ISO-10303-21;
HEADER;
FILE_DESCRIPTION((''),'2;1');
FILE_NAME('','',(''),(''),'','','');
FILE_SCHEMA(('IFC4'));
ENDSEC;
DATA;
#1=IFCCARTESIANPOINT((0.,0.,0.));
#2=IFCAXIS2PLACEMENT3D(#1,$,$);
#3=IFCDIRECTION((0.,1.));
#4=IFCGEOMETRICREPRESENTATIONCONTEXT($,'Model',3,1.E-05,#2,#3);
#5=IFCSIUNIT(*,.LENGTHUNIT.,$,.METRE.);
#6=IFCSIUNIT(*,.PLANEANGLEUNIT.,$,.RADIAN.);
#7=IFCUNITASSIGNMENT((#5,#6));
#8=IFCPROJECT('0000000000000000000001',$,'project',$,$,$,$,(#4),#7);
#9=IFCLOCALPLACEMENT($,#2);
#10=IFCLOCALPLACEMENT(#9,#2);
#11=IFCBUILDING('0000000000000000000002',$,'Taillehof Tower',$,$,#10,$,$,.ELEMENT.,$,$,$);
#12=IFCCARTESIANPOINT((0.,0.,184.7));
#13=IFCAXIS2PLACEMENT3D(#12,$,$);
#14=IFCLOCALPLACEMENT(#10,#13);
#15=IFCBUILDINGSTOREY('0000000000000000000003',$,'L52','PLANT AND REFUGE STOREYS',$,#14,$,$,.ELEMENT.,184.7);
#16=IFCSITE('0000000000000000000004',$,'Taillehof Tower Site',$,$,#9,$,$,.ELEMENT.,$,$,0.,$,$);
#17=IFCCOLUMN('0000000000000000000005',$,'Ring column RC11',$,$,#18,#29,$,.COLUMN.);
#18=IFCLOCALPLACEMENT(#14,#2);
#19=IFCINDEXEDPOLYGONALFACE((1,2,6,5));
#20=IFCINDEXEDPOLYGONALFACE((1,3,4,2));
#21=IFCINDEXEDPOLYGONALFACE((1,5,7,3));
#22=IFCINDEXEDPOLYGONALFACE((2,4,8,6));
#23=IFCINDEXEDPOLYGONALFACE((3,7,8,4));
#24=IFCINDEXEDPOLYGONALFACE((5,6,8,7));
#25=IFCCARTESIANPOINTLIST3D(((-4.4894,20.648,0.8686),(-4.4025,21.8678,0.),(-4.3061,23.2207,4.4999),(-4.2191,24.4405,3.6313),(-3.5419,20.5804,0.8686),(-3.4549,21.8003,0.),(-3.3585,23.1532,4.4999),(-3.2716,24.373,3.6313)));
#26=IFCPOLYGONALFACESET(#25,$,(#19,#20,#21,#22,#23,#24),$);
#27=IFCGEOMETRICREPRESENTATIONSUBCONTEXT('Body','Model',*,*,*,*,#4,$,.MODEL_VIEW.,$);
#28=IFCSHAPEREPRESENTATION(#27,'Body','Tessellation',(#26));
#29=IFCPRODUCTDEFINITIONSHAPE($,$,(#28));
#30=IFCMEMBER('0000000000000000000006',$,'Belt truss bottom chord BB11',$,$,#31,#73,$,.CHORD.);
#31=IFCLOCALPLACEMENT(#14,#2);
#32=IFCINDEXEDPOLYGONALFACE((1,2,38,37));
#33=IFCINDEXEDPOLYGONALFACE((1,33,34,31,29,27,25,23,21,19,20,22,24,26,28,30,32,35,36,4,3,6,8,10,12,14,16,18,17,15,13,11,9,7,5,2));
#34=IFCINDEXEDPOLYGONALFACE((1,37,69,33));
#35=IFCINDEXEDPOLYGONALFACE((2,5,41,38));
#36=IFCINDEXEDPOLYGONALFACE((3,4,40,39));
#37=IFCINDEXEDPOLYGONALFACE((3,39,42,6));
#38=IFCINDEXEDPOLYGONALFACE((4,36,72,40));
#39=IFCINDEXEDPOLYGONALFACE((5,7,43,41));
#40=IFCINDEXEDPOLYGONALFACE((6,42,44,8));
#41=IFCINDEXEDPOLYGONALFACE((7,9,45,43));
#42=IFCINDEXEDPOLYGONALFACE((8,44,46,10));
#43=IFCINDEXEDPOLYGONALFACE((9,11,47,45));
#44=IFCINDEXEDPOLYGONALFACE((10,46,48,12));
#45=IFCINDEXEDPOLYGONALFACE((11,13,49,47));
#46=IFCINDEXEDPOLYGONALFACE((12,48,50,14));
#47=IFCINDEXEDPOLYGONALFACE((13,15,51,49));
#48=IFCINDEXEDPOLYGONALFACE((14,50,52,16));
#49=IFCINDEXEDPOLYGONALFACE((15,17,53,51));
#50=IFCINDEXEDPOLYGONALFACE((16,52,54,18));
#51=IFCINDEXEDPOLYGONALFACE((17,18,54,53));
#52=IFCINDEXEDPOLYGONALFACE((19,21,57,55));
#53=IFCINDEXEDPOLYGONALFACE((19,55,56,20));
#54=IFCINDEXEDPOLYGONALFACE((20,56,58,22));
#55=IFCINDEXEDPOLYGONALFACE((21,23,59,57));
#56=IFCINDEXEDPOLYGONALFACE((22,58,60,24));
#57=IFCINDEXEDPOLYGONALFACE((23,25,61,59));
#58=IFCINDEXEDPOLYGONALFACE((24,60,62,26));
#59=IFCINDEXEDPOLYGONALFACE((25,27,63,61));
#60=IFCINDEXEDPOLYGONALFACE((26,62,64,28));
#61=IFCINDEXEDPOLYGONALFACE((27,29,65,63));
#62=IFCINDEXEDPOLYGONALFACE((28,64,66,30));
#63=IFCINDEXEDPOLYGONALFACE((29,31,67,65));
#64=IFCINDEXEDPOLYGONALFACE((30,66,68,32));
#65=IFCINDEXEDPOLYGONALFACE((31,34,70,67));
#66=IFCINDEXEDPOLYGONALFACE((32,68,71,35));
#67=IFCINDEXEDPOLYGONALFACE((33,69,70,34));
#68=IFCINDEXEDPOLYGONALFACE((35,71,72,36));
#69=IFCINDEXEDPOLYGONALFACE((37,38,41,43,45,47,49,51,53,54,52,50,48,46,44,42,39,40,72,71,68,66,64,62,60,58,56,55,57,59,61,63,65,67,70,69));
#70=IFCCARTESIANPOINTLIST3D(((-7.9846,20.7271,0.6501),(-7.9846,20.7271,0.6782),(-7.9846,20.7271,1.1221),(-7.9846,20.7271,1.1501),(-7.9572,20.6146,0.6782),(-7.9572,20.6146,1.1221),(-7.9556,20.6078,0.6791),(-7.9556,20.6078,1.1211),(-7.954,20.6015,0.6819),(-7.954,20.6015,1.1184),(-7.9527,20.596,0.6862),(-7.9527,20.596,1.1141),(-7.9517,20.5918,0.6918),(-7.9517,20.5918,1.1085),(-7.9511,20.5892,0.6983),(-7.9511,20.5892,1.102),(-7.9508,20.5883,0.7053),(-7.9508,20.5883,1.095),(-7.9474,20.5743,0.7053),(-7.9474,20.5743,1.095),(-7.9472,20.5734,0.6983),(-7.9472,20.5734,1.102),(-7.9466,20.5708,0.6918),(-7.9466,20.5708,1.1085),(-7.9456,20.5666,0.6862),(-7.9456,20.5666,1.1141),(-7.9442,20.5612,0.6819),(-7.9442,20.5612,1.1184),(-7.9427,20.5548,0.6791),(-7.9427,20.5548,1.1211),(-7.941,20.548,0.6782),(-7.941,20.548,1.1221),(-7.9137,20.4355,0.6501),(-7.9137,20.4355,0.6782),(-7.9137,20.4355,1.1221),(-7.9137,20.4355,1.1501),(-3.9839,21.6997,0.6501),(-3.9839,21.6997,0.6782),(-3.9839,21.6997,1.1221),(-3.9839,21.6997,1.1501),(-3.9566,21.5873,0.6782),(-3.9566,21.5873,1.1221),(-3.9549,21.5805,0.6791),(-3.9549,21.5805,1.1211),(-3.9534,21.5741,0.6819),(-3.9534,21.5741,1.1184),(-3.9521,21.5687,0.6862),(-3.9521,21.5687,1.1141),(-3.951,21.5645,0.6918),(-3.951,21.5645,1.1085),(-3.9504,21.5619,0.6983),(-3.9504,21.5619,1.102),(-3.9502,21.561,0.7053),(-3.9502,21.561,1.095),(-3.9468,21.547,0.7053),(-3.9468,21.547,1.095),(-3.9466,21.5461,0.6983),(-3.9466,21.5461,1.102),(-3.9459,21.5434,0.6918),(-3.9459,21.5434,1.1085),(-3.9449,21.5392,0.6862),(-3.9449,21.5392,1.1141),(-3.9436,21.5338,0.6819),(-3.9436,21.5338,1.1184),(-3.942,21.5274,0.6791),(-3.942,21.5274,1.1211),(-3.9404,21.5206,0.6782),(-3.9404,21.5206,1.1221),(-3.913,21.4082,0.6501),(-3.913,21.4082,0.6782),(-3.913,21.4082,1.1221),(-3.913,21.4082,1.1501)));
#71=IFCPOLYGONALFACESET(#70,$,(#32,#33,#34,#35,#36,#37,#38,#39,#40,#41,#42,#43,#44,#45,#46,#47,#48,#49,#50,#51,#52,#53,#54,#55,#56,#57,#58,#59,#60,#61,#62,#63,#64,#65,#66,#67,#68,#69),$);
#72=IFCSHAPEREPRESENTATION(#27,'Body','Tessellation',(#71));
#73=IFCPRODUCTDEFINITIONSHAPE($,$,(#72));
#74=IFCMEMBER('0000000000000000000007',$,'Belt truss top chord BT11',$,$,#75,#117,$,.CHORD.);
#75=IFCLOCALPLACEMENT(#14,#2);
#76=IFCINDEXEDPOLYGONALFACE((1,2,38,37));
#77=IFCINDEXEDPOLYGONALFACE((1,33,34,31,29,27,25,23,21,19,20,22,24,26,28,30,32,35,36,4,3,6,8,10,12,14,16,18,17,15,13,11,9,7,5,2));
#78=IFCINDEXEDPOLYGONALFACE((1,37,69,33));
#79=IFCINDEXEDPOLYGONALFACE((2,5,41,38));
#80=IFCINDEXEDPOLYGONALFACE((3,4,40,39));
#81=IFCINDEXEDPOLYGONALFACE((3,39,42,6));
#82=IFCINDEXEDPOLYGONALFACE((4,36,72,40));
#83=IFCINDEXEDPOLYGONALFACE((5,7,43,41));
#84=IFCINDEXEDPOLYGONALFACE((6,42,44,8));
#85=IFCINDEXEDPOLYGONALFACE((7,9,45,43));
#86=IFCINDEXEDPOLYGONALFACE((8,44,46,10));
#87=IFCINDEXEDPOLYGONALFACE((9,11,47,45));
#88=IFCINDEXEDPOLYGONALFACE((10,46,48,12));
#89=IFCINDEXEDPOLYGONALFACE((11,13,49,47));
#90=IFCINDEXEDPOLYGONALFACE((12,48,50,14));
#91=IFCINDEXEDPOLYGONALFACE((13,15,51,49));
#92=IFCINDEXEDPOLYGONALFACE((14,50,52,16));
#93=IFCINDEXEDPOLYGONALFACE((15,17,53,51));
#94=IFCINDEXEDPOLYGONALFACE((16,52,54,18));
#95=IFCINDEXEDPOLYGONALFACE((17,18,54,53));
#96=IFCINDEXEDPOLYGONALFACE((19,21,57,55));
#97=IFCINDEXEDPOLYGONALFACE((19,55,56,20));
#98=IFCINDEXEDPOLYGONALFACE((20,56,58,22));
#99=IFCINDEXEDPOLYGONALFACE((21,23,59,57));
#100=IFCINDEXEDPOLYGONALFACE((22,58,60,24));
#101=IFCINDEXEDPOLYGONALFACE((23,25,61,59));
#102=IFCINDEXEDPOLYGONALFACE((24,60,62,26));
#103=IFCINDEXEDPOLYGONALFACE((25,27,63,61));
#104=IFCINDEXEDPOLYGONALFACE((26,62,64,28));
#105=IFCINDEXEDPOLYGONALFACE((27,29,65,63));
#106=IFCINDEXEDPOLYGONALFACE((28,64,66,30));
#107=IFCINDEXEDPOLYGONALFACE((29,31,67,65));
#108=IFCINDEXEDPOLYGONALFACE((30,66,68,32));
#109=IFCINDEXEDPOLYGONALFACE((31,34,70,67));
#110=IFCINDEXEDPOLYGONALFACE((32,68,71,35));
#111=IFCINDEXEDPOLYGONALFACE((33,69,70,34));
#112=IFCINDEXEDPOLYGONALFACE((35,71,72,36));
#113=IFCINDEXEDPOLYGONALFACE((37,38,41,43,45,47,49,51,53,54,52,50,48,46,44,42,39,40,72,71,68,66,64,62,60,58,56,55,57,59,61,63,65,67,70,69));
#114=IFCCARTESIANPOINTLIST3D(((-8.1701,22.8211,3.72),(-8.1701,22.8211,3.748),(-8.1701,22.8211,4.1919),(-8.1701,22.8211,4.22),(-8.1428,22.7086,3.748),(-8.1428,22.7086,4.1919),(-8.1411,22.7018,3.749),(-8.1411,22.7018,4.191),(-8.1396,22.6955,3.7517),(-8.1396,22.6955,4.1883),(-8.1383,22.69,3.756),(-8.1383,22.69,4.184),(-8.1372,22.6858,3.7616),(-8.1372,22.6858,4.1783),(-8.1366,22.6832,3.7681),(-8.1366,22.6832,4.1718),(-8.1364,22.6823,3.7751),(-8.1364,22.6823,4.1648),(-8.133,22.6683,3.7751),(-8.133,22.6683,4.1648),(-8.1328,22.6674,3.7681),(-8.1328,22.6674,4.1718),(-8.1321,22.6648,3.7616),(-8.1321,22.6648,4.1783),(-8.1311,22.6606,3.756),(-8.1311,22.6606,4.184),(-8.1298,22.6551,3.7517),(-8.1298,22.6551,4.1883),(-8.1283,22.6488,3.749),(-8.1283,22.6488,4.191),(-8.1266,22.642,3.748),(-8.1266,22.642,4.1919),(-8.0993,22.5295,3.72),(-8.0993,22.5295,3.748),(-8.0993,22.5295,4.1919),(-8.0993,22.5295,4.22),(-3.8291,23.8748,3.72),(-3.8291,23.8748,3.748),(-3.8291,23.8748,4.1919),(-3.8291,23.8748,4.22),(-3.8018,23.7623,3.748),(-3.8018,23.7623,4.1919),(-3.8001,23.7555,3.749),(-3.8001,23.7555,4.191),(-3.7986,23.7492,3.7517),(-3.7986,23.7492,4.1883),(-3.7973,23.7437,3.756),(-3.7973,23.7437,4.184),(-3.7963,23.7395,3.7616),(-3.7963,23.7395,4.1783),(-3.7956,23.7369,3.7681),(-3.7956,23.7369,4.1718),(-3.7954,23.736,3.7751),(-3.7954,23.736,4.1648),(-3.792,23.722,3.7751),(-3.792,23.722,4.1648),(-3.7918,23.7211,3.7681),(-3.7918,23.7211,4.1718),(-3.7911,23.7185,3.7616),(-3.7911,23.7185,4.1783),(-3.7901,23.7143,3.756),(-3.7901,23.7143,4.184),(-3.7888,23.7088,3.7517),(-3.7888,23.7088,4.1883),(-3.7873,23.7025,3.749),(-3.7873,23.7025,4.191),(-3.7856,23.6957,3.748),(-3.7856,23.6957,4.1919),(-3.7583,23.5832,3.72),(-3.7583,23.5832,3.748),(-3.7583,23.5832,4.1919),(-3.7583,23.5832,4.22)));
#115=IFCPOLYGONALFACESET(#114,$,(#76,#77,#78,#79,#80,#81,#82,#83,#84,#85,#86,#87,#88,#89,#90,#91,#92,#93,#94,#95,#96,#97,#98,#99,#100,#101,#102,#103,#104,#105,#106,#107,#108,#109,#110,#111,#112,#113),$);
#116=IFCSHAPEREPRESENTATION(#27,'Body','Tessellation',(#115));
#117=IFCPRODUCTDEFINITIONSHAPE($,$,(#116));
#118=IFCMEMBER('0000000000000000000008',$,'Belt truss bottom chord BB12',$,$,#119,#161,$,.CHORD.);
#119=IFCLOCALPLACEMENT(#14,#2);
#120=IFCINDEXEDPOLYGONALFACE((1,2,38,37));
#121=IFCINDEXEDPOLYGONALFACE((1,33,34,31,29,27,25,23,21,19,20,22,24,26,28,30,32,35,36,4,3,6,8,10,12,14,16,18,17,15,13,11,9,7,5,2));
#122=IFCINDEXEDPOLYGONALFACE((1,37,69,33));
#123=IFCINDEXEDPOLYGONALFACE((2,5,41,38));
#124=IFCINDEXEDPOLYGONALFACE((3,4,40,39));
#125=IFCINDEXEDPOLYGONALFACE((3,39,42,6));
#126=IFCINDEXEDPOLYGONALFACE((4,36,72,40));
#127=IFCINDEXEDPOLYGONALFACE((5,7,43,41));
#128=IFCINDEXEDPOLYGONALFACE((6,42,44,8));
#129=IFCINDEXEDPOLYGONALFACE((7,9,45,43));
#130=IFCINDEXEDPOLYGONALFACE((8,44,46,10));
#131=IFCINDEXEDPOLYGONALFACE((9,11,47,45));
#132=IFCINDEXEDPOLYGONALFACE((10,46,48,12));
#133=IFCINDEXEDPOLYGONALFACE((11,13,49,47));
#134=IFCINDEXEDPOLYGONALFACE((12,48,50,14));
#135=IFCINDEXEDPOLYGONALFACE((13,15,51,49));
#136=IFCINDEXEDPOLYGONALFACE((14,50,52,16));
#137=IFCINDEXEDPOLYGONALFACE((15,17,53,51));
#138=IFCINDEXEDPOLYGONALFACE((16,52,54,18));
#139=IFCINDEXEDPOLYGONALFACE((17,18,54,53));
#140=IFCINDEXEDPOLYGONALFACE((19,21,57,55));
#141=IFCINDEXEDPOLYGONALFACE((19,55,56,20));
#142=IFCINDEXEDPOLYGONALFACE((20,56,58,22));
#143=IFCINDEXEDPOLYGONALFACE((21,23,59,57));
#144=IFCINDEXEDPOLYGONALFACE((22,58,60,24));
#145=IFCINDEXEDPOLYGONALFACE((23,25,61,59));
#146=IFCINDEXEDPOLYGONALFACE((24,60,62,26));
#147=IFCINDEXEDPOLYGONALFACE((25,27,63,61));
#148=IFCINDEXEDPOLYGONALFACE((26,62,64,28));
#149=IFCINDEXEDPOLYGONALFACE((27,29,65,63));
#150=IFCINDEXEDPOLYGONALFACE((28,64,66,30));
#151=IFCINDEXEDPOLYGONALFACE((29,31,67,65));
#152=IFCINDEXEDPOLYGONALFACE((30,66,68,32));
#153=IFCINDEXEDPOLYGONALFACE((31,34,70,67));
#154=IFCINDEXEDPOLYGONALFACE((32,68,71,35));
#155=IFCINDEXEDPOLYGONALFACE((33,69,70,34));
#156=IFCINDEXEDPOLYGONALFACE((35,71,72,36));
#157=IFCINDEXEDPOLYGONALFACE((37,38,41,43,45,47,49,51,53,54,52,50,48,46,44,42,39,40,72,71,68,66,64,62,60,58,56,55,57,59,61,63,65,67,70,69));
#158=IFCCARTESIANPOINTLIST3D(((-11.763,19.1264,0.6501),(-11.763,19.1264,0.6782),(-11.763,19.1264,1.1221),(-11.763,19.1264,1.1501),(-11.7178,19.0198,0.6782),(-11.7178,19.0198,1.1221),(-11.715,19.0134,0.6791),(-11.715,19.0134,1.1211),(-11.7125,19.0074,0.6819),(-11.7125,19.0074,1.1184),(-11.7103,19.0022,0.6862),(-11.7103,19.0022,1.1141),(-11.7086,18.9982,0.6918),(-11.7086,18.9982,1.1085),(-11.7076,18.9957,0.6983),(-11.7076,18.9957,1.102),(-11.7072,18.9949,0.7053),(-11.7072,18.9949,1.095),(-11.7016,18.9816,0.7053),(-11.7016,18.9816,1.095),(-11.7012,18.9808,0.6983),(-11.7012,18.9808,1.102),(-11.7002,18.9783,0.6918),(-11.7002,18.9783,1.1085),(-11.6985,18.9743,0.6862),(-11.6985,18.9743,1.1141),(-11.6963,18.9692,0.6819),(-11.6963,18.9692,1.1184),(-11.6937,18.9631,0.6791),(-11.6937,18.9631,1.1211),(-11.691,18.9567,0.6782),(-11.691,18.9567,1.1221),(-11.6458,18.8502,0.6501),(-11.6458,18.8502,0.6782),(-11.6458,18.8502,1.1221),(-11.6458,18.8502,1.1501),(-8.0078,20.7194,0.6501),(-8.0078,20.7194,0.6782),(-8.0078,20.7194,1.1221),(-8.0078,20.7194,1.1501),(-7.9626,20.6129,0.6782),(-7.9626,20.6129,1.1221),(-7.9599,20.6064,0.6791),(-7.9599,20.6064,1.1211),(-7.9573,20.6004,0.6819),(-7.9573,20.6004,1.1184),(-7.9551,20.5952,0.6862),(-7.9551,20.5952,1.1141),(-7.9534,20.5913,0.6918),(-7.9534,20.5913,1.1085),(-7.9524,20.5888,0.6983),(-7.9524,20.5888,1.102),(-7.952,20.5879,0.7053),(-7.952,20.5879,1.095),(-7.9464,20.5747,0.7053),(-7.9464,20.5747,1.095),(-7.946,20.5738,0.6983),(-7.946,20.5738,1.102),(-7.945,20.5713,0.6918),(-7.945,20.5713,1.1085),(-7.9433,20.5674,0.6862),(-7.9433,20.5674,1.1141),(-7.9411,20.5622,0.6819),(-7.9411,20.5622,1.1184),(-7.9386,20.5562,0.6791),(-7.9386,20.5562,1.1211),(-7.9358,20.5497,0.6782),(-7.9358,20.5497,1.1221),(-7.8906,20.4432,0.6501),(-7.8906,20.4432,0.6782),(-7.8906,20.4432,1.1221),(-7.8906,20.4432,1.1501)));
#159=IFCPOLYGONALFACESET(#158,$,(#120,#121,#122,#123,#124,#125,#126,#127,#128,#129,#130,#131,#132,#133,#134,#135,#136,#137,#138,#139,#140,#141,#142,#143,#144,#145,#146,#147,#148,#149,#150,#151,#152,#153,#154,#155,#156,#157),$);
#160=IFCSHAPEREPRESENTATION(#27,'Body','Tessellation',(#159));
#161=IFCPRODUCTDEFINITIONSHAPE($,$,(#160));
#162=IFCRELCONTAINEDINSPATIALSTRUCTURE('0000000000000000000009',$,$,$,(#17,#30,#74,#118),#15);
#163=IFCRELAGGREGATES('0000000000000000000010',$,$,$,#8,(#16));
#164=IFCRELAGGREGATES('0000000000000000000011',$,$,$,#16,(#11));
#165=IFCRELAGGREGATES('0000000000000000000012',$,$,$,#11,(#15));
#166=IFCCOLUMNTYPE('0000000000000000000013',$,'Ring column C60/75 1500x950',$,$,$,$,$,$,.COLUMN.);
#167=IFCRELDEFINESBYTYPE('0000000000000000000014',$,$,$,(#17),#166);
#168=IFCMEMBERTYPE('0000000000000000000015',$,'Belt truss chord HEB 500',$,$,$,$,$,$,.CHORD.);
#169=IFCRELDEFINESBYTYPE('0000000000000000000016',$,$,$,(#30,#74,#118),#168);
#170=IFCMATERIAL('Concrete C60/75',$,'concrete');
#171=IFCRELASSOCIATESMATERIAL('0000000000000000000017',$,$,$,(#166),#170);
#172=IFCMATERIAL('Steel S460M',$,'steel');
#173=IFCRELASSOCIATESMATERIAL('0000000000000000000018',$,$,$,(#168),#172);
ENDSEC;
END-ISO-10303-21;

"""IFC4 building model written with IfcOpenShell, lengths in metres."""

from ifc_helpers import new_model, si_unit, direction, frame, origin, origin_2d, place, context, subcontext, project, spatial, rectangle, i_section, extrude, material, material_profile, profile_set, type_object, element, save


model = new_model("IFC4")

# Units and contexts
model_context = context("Model", 3, precision=1e-05, world=origin(), true_north=direction((0.0, 1.0)))
body_context = subcontext(model_context, "Body", "Model", "MODEL_VIEW")
ifc_project = project(units=[si_unit("LENGTHUNIT", "METRE"), si_unit("PLANEANGLEUNIT", "RADIAN")], contexts=[model_context])

# Site, building, storey
site_placement = place(None, origin())
site = spatial("IfcSite", under=ifc_project, at=site_placement, Name="Taillehof Tower Site", CompositionType="ELEMENT", RefElevation=0.0)
building_placement = place(site_placement, origin())
building = spatial("IfcBuilding", under=site, at=building_placement, Name="Taillehof Tower", CompositionType="ELEMENT")
storey_placement = place(building_placement, frame((0.0, 0.0, 184.7)))
storey = spatial("IfcBuildingStorey", under=building, at=storey_placement, Name="L52", Description="PLANT AND REFUGE STOREYS", CompositionType="ELEMENT", Elevation=184.7)

# Column
ifc_material_1 = material(Name="Concrete C60/75", Category="concrete")
ifc_material_profile_1 = material_profile(ifc_material_1, rectangle(XDim=1.5, YDim=0.95, at=origin_2d()), Name="RC 1500x950")
ifc_profile_set_1 = profile_set([ifc_material_profile_1], Name="Concrete C60/75")
column_type = type_object("IfcColumnType", Name="Ring column C60/75 1500x950", PredefinedType="COLUMN", material=ifc_profile_set_1)
column_placement = place(storey_placement, frame((-3.9722, 21.2241, 0.4343), z_axis=(0.041164, 0.57761, 0.815275), x_axis=(-0.057954, -0.813212, 0.579074)))
element("IfcColumn", 1, at=column_placement, inside=storey, type_object=column_type, Name="Ring column RC11", PredefinedType="COLUMN", context=body_context, shape_type="SweptSolid", body=[
    extrude(rectangle(XDim=1.5, YDim=0.95, at=origin_2d()), origin(), (0.0, 0.0, 1.0), 4.4541),
])

# Members
ifc_material_2 = material(Name="Steel S460M", Category="steel")
ifc_material_profile_2 = material_profile(ifc_material_2, i_section(OverallWidth=0.3, OverallDepth=0.5, WebThickness=0.0144, FlangeThickness=0.0281, FilletRadius=0.0271, at=origin_2d()), Name="HEB 500")
ifc_profile_set_2 = profile_set([ifc_material_profile_2], Name="Steel S460M")
member_type_1 = type_object("IfcMemberType", Name="Belt truss chord HEB 500", PredefinedType="CHORD", material=ifc_profile_set_2)
member_1_placement = place(storey_placement, frame((-3.9485, 21.554, 0.9001), z_axis=(-0.971695, -0.236238, 0.0), x_axis=(0.236238, -0.971695, 0.0)))
element("IfcMember", 2, at=member_1_placement, inside=storey, type_object=member_type_1, Name="Belt truss bottom chord BB11", PredefinedType="CHORD", context=body_context, shape_type="SweptSolid", body=[
    extrude(i_section(OverallWidth=0.3, OverallDepth=0.5, WebThickness=0.0144, FlangeThickness=0.0281, FilletRadius=0.0271, at=origin_2d()), origin(), (0.0, 0.0, 1.0), 4.1172),
])
member_2_placement = place(storey_placement, frame((-3.7937, 23.729, 3.97), z_axis=(-0.971782, -0.235882, 0.0), x_axis=(0.235882, -0.971782, 0.0)))
element("IfcMember", 3, at=member_2_placement, inside=storey, type_object=member_type_1, Name="Belt truss top chord BT11", PredefinedType="CHORD", context=body_context, shape_type="SweptSolid", body=[
    extrude(i_section(OverallWidth=0.3, OverallDepth=0.5, WebThickness=0.0144, FlangeThickness=0.0281, FilletRadius=0.0271, at=origin_2d()), origin(), (0.0, 0.0, 1.0), 4.467),
])
member_3_placement = place(storey_placement, frame((-7.9492, 20.5813, 0.9001), z_axis=(-0.920588, -0.390536, 0.0), x_axis=(0.390536, -0.920588, 0.0)))
element("IfcMember", 4, at=member_3_placement, inside=storey, type_object=member_type_1, Name="Belt truss bottom chord BB12", PredefinedType="CHORD", context=body_context, shape_type="SweptSolid", body=[
    extrude(i_section(OverallWidth=0.3, OverallDepth=0.5, WebThickness=0.0144, FlangeThickness=0.0281, FilletRadius=0.0271, at=origin_2d()), origin(), (0.0, 0.0, 1.0), 4.0791),
])

save(model, "model.ifc")
